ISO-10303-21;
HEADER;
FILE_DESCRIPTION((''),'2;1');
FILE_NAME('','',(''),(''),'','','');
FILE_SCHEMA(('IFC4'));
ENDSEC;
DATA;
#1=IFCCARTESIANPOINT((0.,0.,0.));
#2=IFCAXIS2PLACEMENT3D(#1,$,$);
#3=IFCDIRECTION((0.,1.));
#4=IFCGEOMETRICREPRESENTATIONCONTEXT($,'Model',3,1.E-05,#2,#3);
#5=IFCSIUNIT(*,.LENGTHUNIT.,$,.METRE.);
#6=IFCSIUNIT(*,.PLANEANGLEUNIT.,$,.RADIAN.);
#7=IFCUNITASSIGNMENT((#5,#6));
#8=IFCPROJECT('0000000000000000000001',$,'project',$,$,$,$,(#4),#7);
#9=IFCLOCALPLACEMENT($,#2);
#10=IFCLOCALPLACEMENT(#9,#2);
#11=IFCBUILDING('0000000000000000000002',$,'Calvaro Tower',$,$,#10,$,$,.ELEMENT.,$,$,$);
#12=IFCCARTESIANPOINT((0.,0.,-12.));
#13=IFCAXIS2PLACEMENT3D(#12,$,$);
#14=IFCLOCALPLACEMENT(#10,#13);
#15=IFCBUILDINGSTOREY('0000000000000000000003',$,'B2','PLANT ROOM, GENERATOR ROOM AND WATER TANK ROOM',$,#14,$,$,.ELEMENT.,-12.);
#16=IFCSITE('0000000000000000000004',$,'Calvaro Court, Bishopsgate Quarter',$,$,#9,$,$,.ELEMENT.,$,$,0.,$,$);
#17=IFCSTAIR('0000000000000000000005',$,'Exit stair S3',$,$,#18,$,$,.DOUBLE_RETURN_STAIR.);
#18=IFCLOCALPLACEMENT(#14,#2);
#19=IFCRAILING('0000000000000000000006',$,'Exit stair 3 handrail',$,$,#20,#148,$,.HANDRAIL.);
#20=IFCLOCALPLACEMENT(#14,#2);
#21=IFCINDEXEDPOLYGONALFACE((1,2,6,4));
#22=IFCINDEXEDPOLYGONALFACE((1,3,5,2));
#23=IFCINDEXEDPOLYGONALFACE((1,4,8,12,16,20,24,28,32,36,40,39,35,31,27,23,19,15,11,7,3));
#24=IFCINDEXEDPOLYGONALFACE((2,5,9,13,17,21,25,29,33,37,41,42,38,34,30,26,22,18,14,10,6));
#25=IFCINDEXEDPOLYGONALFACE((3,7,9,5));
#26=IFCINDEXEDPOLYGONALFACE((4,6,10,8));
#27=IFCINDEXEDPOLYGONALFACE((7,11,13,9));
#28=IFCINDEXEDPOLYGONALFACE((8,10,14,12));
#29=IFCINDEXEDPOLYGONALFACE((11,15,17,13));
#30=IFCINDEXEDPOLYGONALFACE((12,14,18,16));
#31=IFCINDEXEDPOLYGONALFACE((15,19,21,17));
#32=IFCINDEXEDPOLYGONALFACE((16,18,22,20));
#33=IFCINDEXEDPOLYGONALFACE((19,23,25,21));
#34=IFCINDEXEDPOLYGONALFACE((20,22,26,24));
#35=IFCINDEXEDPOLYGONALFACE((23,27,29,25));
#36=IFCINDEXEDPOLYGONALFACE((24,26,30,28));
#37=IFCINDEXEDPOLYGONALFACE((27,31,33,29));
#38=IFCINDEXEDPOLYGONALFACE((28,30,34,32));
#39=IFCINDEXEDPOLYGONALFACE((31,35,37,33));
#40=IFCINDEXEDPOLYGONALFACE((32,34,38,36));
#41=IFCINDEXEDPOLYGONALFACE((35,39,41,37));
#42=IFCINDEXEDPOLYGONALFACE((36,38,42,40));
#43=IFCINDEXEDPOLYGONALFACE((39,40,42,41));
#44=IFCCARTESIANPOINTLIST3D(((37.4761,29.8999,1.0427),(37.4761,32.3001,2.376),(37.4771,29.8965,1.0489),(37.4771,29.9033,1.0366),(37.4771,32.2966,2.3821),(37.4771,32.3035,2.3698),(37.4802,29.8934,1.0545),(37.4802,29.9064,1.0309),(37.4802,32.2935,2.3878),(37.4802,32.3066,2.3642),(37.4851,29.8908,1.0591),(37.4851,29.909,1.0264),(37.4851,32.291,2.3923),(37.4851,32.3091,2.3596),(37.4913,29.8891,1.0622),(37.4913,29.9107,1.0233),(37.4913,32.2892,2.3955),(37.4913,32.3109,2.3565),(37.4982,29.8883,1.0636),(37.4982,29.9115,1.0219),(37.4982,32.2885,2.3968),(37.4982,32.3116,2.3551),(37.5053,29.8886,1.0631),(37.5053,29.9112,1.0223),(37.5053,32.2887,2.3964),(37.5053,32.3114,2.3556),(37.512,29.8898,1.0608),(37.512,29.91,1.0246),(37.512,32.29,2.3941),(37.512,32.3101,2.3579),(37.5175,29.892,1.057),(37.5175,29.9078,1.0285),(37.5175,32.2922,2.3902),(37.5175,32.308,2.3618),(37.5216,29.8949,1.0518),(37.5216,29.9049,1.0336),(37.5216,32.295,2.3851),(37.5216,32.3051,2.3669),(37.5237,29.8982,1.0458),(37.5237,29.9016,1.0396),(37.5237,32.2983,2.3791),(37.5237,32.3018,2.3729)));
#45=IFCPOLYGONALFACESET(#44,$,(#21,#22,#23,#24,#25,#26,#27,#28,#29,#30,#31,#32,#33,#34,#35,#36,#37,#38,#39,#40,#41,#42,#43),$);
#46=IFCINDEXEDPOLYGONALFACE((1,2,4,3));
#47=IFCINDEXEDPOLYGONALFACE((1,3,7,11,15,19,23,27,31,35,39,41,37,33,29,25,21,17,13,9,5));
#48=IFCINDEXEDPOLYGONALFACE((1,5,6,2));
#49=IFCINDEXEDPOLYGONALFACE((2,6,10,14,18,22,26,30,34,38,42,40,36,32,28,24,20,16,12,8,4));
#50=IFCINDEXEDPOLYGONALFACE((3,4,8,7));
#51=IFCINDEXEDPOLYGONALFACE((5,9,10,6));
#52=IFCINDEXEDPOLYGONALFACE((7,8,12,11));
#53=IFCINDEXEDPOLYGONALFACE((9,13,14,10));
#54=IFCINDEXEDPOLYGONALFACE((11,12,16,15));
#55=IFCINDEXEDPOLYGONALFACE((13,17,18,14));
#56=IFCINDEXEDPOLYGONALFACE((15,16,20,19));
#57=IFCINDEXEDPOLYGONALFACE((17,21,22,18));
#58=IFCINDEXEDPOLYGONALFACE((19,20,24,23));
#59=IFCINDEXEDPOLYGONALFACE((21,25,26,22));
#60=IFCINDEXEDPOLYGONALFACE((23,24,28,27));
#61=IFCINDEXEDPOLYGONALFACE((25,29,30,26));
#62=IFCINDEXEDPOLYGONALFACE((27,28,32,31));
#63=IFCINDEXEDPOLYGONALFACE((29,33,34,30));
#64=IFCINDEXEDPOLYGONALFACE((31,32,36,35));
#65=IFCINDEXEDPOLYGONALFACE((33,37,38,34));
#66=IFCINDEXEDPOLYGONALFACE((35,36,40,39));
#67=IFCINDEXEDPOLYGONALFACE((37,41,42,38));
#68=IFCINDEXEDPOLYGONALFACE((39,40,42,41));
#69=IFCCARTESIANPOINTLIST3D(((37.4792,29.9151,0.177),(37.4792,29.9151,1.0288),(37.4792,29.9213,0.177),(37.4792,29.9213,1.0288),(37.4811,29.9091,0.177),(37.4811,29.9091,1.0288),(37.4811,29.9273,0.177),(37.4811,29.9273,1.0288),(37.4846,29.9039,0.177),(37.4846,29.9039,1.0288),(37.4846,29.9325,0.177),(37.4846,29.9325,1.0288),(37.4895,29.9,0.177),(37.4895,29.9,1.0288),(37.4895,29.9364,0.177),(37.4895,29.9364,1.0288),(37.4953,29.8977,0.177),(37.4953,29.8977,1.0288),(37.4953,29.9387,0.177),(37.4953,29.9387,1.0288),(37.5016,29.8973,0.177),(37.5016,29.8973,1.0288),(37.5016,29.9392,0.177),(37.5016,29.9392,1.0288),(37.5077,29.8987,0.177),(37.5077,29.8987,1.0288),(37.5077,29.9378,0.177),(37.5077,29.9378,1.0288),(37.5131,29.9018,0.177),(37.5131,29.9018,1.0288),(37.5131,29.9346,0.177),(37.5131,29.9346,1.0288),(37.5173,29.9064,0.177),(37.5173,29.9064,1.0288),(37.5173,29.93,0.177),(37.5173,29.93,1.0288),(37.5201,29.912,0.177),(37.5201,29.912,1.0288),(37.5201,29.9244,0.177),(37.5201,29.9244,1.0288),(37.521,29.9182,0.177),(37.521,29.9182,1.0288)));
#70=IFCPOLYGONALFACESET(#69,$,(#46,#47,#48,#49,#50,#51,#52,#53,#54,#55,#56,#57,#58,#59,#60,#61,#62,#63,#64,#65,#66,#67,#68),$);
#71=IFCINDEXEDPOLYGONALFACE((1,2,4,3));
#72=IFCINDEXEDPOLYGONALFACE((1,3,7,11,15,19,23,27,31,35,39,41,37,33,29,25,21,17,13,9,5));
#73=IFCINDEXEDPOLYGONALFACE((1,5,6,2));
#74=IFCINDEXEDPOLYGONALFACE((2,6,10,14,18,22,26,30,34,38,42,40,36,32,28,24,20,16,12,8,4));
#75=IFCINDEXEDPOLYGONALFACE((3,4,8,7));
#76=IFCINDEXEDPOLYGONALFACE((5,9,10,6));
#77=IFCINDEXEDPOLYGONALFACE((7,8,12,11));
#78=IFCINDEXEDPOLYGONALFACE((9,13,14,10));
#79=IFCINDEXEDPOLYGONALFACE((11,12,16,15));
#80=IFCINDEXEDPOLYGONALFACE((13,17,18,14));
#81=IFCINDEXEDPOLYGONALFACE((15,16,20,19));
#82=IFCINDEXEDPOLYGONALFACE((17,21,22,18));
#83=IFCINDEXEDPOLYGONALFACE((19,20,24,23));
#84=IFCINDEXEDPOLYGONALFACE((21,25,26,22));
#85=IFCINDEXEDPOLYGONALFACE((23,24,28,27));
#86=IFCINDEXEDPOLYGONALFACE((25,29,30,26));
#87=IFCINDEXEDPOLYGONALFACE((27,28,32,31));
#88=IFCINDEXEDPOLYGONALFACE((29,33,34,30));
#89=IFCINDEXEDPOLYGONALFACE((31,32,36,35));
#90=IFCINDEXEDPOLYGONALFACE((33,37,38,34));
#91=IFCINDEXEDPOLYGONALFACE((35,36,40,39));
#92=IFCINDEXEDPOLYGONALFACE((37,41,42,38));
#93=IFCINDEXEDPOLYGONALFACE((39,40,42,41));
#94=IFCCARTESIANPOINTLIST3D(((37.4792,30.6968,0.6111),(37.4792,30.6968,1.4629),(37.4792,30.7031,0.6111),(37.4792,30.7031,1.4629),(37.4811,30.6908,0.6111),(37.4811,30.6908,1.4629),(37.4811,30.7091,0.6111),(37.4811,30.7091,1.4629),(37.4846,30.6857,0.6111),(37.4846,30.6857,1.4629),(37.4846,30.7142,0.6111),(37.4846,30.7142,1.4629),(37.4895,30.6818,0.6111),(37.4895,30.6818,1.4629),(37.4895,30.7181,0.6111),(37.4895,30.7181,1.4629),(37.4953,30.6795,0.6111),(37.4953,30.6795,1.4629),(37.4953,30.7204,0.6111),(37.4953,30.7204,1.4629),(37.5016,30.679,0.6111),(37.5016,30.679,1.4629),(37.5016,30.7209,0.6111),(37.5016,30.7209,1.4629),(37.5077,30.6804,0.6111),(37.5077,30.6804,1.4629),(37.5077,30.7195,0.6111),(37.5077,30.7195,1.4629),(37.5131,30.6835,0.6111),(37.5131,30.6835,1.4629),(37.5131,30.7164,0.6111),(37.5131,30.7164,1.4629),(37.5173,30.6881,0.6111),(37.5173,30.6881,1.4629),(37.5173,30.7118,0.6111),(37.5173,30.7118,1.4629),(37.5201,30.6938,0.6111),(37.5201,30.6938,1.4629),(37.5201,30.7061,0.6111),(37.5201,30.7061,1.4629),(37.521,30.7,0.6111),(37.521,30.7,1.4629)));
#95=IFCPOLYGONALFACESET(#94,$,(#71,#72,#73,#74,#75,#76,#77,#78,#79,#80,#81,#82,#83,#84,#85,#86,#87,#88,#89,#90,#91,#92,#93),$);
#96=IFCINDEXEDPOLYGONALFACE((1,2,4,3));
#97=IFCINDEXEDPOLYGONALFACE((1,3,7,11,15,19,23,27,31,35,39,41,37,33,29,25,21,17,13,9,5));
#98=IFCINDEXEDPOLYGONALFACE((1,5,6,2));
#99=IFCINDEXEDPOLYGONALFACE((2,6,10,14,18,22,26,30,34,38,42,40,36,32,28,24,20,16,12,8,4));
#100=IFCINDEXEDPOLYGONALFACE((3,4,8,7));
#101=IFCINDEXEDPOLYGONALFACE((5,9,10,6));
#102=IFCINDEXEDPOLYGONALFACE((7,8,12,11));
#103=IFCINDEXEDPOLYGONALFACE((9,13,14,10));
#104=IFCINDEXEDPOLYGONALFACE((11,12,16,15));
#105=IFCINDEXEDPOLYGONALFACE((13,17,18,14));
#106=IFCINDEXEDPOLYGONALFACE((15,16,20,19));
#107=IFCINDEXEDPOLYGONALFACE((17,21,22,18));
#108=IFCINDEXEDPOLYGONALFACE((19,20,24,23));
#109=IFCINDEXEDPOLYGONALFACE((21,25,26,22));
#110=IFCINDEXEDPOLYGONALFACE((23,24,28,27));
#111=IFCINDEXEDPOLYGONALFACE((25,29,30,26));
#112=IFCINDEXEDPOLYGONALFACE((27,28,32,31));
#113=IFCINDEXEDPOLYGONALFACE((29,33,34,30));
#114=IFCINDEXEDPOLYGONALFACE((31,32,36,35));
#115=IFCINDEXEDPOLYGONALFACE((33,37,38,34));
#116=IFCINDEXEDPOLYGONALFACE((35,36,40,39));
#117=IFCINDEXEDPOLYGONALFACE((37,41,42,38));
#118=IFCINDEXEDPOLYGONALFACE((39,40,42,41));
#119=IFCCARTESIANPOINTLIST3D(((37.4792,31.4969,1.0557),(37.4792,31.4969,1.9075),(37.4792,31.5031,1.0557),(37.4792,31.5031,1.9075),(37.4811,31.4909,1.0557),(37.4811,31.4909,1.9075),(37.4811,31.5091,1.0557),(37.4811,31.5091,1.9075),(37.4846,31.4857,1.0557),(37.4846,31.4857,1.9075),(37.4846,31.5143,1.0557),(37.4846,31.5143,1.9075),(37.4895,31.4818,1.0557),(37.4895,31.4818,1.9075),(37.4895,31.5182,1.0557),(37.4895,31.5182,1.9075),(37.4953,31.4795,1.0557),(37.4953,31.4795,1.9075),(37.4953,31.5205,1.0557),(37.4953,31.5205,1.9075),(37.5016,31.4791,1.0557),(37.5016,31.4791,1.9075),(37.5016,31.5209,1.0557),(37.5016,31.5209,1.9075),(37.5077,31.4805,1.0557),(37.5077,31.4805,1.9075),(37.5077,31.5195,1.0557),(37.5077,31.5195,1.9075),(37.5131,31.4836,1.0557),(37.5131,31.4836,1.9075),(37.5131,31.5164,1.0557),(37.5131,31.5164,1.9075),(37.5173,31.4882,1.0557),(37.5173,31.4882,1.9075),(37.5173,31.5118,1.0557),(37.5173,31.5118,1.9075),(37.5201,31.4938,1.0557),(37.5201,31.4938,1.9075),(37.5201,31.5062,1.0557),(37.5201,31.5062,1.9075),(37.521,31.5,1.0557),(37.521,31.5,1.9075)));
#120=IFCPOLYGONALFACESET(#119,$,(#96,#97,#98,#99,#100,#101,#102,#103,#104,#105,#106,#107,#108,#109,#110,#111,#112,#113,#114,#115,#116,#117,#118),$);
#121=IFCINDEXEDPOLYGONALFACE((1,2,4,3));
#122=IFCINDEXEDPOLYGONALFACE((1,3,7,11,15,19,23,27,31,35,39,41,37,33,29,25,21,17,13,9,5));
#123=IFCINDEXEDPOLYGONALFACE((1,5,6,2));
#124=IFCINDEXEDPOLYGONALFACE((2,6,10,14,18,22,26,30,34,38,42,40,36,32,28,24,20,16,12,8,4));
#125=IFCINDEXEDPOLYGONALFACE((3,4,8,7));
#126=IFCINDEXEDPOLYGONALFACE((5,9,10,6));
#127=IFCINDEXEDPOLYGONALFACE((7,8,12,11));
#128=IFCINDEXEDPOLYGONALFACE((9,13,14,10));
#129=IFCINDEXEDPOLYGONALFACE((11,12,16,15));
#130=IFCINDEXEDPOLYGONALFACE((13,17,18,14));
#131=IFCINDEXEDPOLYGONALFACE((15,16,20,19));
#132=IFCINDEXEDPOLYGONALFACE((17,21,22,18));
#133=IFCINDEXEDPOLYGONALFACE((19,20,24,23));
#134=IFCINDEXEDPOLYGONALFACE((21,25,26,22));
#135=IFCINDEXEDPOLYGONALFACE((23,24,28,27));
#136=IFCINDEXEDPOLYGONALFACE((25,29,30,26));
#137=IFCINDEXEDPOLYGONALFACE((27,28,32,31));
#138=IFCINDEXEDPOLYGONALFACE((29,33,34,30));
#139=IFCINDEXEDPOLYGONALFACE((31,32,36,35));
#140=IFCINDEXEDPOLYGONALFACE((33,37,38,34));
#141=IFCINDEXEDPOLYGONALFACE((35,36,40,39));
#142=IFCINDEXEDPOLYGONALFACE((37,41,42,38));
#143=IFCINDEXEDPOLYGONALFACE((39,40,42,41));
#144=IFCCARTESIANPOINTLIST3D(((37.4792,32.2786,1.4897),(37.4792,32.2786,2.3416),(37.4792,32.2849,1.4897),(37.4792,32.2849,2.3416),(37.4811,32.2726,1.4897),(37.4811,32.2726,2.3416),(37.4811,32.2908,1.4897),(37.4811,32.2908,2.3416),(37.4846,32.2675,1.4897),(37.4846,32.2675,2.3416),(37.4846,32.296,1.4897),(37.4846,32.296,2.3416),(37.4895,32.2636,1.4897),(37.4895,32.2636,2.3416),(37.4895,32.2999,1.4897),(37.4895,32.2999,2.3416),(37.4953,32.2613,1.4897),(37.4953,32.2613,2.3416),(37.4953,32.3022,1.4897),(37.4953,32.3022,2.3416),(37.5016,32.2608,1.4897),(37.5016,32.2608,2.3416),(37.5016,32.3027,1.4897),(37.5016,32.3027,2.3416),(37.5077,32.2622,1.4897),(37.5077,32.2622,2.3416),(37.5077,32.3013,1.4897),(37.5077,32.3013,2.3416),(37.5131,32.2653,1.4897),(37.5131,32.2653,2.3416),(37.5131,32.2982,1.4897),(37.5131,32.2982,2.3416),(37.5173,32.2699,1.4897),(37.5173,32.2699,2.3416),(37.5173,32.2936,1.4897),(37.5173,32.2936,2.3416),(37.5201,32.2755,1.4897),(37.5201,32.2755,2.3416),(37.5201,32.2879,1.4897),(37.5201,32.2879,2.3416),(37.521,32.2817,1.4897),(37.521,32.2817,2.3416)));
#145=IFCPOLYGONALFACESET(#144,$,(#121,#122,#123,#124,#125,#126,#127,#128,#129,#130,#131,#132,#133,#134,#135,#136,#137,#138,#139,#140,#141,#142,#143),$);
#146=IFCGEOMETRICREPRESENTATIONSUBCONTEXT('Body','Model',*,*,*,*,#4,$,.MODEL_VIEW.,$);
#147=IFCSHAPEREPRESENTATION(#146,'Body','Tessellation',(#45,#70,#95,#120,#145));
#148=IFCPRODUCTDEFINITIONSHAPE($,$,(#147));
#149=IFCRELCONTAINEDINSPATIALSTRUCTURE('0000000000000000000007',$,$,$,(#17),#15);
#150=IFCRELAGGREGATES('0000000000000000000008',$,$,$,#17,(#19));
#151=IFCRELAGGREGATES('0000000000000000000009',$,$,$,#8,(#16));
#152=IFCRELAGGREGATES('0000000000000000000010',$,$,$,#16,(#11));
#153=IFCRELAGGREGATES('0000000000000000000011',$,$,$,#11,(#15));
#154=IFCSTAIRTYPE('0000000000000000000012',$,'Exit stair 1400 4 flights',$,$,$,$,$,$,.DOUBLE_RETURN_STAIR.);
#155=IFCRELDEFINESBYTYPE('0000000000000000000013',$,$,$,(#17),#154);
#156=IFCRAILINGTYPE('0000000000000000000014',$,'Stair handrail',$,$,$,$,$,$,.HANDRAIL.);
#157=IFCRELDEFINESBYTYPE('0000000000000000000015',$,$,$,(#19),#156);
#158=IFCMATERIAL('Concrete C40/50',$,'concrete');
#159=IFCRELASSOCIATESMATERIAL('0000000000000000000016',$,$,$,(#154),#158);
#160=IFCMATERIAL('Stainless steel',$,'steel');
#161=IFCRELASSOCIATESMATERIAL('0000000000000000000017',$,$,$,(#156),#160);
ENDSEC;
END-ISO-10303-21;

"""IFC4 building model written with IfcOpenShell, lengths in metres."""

from ifc_helpers import new_model, si_unit, direction, frame, origin, origin_2d, place, context, subcontext, project, spatial, circle, extrude, material, type_object, element, aggregate, save


model = new_model("IFC4")

# Units and contexts
model_context = context("Model", 3, precision=1e-05, world=origin(), true_north=direction((0.0, 1.0)))
body_context = subcontext(model_context, "Body", "Model", "MODEL_VIEW")
ifc_project = project(units=[si_unit("LENGTHUNIT", "METRE"), si_unit("PLANEANGLEUNIT", "RADIAN")], contexts=[model_context])

# Site, building, storey
site_placement = place(None, origin())
site = spatial("IfcSite", under=ifc_project, at=site_placement, Name="Calvaro Court, Bishopsgate Quarter", CompositionType="ELEMENT", RefElevation=0.0)
building_placement = place(site_placement, origin())
building = spatial("IfcBuilding", under=site, at=building_placement, Name="Calvaro Tower", CompositionType="ELEMENT")
storey_placement = place(building_placement, frame((0.0, 0.0, -12.0)))
storey = spatial("IfcBuildingStorey", under=building, at=storey_placement, Name="B2", Description="PLANT ROOM, GENERATOR ROOM AND WATER TANK ROOM", CompositionType="ELEMENT", Elevation=-12.0)

# Stair, railing
ifc_material_1 = material(Name="Concrete C40/50", Category="concrete")
stair_type = type_object("IfcStairType", Name="Exit stair 1400 4 flights", PredefinedType="DOUBLE_RETURN_STAIR", material=ifc_material_1)
stair_1_placement = place(storey_placement, origin())
stair_1 = element("IfcStair", 1, at=stair_1_placement, inside=storey, type_object=stair_type, Name="Exit stair S3", PredefinedType="DOUBLE_RETURN_STAIR")
ifc_material_2 = material(Name="Stainless steel", Category="steel")
railing_type = type_object("IfcRailingType", Name="Stair handrail", PredefinedType="HANDRAIL", material=ifc_material_2)
railing_1_placement = place(storey_placement, frame((37.5, 29.8999, 0.1667)))
railing_1 = element("IfcRailing", 2, at=railing_1_placement, type_object=railing_type, Name="Exit stair 3 handrail", PredefinedType="HANDRAIL", context=body_context, shape_type="SweptSolid", body=[
    extrude(circle(Radius=0.0239, at=origin_2d()), frame((0.0, 0.0, 0.876), z_axis=(0.0, 0.874182, 0.485598), x_axis=(-1.0, 0.0, 0.0)), (0.0, 0.0, 1.0), 2.7456),
    extrude(circle(Radius=0.021, at=origin_2d()), frame((0.0, 0.0183, 0.0103)), (0.0, 0.0, 1.0), 0.8518),
    extrude(circle(Radius=0.021, at=origin_2d()), frame((0.0, 0.8, 0.4443)), (0.0, 0.0, 1.0), 0.8518),
    extrude(circle(Radius=0.021, at=origin_2d()), frame((0.0, 1.6001, 0.8889)), (0.0, 0.0, 1.0), 0.8518),
    extrude(circle(Radius=0.021, at=origin_2d()), frame((0.0, 2.3818, 1.323)), (0.0, 0.0, 1.0), 0.8518),
])
aggregate(stair_1, [railing_1])

save(model, "model.ifc")
